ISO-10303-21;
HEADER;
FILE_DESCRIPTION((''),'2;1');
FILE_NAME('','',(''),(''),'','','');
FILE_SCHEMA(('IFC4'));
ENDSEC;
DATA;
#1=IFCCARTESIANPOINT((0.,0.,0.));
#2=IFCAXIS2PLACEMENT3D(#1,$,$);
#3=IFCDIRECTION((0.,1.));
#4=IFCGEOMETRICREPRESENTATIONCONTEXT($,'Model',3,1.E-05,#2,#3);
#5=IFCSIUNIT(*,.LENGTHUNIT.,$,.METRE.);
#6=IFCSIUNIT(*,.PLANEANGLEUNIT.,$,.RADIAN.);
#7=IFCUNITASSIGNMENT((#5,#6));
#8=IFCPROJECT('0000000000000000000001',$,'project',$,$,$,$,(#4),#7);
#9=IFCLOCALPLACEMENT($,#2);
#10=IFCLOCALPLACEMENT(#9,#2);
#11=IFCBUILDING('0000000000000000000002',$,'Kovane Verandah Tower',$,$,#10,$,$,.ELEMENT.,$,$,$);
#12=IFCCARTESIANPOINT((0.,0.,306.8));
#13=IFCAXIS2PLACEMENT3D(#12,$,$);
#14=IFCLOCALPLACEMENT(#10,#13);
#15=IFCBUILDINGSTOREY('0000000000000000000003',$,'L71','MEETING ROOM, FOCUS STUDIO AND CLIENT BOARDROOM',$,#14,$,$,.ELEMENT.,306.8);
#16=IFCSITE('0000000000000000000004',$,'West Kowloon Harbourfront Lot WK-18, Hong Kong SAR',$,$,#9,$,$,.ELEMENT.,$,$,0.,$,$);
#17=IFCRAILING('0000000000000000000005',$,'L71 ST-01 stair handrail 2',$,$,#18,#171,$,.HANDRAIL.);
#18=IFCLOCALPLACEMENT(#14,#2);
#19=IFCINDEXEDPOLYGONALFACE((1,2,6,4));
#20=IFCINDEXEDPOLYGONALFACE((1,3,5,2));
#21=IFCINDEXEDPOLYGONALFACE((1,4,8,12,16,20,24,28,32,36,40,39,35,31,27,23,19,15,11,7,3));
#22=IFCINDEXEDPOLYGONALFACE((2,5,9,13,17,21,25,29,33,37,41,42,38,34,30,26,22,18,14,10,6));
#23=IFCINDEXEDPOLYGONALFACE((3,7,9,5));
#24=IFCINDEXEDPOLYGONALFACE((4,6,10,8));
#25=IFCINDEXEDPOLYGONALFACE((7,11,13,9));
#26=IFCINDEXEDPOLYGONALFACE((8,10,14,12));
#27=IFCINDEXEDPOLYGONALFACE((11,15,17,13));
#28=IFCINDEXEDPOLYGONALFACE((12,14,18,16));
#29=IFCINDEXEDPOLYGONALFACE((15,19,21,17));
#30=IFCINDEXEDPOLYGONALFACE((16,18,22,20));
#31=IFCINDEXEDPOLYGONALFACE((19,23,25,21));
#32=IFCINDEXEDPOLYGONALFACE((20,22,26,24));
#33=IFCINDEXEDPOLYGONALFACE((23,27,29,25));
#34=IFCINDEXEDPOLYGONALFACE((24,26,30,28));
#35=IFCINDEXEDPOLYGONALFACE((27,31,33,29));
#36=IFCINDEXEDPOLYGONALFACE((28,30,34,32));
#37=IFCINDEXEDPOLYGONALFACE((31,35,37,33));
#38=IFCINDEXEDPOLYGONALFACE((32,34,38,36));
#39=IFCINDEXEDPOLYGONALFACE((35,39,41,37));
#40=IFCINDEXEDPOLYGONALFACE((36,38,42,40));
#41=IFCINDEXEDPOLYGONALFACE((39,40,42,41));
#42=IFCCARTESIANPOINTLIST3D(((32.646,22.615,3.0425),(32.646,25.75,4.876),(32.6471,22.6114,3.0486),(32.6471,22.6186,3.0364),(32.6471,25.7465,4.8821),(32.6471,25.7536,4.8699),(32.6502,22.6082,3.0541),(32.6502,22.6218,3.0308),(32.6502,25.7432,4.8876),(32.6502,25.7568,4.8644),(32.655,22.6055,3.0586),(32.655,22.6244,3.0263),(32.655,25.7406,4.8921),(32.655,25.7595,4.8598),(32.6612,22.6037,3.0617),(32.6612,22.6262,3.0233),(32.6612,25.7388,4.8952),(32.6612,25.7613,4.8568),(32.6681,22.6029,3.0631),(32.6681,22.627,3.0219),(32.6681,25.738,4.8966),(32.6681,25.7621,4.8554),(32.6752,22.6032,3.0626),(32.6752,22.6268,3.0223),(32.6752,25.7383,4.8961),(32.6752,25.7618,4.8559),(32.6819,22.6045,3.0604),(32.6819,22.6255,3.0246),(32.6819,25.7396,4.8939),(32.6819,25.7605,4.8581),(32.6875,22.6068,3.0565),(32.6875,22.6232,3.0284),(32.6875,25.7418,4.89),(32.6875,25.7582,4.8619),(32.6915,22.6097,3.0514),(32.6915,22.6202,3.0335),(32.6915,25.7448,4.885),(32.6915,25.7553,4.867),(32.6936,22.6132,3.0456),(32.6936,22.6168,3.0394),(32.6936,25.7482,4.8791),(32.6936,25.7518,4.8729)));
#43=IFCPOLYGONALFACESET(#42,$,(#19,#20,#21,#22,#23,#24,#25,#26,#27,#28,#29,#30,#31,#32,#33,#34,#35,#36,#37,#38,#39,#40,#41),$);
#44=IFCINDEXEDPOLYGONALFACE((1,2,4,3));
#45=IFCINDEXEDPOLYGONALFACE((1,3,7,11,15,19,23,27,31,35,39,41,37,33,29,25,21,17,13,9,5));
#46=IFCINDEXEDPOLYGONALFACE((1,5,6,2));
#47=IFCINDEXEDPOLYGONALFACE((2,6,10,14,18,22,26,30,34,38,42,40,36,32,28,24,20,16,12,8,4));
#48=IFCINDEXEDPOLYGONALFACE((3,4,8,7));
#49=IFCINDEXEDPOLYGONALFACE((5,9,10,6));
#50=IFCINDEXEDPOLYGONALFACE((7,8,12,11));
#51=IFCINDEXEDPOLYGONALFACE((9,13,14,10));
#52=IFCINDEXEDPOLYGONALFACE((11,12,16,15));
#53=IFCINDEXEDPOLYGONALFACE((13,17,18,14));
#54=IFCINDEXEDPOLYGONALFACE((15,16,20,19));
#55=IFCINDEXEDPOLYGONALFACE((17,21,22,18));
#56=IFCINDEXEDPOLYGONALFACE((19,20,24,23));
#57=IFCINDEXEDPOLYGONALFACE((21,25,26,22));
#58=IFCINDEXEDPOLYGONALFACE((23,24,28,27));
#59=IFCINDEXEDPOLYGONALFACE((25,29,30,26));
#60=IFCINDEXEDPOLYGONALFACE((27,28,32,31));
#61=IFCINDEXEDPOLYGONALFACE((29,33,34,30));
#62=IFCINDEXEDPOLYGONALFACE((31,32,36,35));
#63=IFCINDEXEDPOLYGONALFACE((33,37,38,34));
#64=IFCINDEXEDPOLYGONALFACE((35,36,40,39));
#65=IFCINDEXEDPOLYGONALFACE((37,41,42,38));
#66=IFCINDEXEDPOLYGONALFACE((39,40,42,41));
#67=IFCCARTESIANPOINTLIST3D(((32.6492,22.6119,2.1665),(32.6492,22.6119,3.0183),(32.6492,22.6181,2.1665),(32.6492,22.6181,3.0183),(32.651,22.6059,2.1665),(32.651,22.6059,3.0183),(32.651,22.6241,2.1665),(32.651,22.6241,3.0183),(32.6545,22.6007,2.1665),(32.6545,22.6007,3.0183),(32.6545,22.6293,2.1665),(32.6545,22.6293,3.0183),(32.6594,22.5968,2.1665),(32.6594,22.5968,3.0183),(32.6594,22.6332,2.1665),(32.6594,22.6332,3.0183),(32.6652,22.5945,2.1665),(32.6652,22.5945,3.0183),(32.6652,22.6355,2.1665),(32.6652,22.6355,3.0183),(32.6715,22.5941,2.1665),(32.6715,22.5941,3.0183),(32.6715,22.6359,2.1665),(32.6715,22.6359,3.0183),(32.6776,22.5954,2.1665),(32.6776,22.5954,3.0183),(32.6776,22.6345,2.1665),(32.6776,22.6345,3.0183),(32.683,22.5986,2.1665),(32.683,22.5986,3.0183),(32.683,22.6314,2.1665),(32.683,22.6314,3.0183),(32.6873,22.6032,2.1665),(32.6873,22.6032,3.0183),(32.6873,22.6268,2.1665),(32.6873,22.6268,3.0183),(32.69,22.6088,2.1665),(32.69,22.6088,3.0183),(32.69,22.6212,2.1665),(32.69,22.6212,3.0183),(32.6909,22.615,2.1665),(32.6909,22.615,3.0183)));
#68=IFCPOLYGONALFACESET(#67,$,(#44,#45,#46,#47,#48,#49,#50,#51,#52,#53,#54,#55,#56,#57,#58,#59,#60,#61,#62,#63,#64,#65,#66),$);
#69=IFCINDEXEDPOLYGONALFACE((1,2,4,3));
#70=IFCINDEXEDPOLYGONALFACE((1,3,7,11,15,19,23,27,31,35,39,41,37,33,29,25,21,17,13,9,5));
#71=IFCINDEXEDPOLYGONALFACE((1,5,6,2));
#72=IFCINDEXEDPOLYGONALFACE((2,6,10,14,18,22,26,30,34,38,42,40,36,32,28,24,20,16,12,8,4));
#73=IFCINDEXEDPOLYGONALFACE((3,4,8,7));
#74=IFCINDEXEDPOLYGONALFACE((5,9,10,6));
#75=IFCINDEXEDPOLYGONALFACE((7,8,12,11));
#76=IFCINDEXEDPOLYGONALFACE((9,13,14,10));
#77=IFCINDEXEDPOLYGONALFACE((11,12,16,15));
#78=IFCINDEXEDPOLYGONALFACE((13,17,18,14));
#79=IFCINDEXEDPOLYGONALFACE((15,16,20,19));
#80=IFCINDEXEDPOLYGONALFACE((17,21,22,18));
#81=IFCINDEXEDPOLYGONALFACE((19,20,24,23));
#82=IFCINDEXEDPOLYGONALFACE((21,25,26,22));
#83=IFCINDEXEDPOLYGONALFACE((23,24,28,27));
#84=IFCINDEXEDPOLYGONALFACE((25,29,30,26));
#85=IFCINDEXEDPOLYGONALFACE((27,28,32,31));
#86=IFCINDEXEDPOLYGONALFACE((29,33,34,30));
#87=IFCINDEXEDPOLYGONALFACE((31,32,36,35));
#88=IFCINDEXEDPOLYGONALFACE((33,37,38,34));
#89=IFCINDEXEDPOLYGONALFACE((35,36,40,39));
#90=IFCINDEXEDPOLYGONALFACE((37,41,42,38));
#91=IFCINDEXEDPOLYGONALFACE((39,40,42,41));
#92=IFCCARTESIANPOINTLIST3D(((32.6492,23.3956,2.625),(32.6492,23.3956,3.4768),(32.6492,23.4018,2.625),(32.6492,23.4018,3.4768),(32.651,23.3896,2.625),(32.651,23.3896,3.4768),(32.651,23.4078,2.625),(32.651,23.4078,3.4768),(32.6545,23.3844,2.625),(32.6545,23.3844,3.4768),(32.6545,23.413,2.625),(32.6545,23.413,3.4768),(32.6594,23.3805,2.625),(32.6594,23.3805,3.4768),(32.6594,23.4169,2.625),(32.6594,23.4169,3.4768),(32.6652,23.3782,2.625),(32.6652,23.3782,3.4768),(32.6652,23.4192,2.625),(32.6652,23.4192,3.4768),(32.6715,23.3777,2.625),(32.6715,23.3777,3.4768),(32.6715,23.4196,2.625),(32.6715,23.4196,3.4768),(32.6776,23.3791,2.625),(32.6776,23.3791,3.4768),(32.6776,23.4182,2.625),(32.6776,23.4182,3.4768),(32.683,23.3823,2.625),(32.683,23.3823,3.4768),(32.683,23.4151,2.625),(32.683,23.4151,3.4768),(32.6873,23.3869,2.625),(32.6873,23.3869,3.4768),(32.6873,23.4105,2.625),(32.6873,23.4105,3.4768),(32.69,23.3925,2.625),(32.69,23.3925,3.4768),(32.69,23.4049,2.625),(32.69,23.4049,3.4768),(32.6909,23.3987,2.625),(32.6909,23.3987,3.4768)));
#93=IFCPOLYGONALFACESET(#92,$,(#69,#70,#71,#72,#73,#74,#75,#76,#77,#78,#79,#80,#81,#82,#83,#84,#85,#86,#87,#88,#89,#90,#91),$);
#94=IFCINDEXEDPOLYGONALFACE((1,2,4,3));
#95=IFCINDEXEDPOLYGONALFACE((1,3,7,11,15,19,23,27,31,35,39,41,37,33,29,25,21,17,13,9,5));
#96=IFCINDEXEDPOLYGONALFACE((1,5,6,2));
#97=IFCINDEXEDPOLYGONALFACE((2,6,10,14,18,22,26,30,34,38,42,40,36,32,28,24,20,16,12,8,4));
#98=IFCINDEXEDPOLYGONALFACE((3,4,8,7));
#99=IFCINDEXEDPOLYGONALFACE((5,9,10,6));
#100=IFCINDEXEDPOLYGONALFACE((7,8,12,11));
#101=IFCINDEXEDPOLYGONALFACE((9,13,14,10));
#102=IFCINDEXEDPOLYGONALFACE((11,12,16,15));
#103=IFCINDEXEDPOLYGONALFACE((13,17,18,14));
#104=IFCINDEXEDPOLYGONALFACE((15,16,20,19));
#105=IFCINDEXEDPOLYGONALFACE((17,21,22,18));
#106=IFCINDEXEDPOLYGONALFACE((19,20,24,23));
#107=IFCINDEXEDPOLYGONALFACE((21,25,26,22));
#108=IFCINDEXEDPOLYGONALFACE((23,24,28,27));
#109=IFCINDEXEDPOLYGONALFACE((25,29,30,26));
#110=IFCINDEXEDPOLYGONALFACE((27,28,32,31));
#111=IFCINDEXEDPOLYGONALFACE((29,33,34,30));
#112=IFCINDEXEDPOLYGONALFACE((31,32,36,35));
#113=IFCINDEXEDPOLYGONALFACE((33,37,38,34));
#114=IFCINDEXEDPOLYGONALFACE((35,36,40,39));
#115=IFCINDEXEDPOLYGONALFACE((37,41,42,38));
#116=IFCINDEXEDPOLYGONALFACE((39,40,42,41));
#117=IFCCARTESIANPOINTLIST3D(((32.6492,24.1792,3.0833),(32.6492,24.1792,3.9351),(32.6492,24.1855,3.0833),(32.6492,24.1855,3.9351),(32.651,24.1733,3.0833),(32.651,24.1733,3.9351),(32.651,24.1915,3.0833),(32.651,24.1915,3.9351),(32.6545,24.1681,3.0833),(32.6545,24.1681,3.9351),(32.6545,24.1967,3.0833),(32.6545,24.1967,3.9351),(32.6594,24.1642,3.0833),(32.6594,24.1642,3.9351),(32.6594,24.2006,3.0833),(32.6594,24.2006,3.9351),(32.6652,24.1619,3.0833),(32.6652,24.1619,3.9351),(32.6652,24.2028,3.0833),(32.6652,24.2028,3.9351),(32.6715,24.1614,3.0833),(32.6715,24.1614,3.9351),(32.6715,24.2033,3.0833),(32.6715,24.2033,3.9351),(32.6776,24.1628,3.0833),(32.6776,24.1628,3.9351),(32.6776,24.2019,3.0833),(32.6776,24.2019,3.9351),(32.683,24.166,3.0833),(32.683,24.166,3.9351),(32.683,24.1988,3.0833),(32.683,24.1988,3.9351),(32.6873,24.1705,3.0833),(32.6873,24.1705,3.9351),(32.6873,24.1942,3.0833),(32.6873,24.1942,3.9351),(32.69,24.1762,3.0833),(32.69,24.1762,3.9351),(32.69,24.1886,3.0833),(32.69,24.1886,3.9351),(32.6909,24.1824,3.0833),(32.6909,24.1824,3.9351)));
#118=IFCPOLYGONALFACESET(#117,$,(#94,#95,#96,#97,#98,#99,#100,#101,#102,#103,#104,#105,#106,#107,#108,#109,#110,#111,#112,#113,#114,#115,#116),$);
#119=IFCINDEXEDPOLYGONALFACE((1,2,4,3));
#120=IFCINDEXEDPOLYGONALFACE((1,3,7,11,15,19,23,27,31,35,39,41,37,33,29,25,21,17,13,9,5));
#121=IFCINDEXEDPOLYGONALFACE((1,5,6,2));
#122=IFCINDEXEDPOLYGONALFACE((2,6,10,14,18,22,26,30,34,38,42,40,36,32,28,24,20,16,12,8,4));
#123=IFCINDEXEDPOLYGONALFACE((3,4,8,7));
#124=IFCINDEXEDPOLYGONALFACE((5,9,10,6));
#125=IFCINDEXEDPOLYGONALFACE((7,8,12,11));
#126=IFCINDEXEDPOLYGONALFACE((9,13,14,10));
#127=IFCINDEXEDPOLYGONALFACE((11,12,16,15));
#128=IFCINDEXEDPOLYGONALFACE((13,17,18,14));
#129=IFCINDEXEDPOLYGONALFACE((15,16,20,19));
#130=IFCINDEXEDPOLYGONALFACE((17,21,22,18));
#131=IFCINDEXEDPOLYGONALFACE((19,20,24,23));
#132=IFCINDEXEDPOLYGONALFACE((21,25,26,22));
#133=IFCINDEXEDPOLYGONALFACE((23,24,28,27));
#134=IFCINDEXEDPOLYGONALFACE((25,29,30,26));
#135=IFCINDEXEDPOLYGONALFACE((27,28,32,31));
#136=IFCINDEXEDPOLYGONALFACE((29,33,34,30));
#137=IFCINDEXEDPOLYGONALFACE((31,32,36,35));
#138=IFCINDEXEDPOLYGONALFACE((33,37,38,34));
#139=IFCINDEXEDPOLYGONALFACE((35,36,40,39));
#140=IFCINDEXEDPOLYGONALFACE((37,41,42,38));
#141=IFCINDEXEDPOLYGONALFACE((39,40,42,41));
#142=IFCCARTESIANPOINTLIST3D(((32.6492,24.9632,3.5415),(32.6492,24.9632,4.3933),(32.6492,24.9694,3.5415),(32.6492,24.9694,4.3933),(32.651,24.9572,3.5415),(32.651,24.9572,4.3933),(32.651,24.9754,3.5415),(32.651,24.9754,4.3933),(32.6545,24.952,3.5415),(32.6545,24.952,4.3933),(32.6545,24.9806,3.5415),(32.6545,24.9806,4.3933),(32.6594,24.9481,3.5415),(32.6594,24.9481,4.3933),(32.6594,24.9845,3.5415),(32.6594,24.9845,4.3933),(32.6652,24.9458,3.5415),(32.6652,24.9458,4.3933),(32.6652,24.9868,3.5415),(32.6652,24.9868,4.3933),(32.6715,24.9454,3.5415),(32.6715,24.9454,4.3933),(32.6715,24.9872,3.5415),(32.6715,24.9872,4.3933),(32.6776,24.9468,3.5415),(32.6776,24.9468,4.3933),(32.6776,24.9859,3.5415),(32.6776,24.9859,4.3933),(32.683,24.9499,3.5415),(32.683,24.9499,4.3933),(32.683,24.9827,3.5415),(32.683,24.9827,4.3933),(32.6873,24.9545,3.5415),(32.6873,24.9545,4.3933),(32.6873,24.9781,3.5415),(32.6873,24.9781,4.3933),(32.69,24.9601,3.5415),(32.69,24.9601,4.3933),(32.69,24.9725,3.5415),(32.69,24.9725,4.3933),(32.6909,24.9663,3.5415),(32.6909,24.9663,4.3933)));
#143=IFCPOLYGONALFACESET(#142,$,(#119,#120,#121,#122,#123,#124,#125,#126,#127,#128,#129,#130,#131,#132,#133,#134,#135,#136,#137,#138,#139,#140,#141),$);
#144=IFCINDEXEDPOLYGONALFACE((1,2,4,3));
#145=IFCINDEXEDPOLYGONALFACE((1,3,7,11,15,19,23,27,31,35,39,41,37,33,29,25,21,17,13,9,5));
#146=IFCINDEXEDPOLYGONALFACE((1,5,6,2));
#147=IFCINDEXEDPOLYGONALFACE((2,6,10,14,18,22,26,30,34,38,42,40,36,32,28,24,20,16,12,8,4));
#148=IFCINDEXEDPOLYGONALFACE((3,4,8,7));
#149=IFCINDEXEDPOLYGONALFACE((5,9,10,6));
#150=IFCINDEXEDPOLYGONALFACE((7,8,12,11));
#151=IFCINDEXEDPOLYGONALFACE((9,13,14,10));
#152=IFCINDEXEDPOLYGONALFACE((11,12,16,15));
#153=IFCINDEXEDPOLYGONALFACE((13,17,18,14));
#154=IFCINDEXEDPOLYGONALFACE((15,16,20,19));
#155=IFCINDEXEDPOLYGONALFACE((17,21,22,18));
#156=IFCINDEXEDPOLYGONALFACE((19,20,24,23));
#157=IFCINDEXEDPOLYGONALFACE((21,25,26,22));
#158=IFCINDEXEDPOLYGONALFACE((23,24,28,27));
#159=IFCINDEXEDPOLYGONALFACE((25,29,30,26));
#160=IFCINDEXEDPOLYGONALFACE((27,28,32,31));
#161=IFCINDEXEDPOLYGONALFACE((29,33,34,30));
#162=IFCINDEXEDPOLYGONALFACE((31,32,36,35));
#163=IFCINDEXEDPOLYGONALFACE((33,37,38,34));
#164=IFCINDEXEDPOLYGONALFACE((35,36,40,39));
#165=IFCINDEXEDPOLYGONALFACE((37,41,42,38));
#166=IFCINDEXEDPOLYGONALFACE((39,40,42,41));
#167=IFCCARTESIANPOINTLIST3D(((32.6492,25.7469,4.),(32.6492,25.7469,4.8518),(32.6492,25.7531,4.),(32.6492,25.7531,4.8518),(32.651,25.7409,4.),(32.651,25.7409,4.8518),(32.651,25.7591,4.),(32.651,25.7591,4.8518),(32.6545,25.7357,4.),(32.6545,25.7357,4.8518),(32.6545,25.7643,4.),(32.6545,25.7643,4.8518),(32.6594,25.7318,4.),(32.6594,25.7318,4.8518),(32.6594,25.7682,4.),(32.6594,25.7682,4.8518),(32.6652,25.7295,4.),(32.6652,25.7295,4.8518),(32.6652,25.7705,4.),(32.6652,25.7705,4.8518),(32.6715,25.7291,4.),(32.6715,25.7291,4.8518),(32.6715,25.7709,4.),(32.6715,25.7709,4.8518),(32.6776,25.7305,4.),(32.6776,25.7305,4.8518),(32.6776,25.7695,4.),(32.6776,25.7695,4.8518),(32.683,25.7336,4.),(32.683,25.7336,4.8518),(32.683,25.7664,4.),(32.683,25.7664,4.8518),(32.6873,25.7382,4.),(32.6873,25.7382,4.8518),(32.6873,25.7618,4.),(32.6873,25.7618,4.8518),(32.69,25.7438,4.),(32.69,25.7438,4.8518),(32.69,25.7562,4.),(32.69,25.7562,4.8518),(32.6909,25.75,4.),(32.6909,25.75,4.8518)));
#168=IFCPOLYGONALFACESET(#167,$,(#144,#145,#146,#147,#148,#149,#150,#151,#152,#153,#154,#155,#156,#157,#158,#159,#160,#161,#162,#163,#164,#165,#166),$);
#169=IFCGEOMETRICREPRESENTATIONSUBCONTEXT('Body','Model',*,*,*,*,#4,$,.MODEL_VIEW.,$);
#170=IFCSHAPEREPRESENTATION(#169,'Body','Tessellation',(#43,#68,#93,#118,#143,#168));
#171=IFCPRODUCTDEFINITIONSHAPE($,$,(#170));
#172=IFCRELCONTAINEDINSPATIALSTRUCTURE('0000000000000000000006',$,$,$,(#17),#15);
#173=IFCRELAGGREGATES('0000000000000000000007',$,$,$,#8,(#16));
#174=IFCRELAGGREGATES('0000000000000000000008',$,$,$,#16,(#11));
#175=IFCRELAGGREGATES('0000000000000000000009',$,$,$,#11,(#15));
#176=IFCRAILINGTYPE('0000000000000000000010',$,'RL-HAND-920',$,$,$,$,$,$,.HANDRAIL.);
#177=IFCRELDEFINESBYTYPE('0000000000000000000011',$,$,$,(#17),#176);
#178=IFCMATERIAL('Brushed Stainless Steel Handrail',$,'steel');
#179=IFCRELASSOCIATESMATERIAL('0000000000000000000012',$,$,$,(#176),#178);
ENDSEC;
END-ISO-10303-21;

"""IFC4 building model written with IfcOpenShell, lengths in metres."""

from ifc_helpers import new_model, si_unit, direction, frame, origin, origin_2d, place, context, subcontext, project, spatial, circle, extrude, material, type_object, element, save


model = new_model("IFC4")

# Units and contexts
model_context = context("Model", 3, precision=1e-05, world=origin(), true_north=direction((0.0, 1.0)))
body_context = subcontext(model_context, "Body", "Model", "MODEL_VIEW")
ifc_project = project(units=[si_unit("LENGTHUNIT", "METRE"), si_unit("PLANEANGLEUNIT", "RADIAN")], contexts=[model_context])

# Site, building, storey
site_placement = place(None, origin())
site = spatial("IfcSite", under=ifc_project, at=site_placement, Name="West Kowloon Harbourfront Lot WK-18, Hong Kong SAR", CompositionType="ELEMENT", RefElevation=0.0)
building_placement = place(site_placement, origin())
building = spatial("IfcBuilding", under=site, at=building_placement, Name="Kovane Verandah Tower", CompositionType="ELEMENT")
storey_placement = place(building_placement, frame((0.0, 0.0, 306.8)))
storey = spatial("IfcBuildingStorey", under=building, at=storey_placement, Name="L71", Description="MEETING ROOM, FOCUS STUDIO AND CLIENT BOARDROOM", CompositionType="ELEMENT", Elevation=306.8)

# Railing
ifc_material_1 = material(Name="Brushed Stainless Steel Handrail", Category="steel")
railing_type = type_object("IfcRailingType", Name="RL-HAND-920", PredefinedType="HANDRAIL", material=ifc_material_1)
railing_1_placement = place(storey_placement, frame((32.6699, 22.615, 2.1665)))
element("IfcRailing", 1, at=railing_1_placement, inside=storey, type_object=railing_type, Name="L71 ST-01 stair handrail 2", PredefinedType="HANDRAIL", context=body_context, shape_type="SweptSolid", body=[
    extrude(circle(Radius=0.0239, at=origin_2d()), frame((0.0, 0.0, 0.876), z_axis=(0.0, 0.86321, 0.504845), x_axis=(-1.0, 0.0, 0.0)), (0.0, 0.0, 1.0), 3.6318),
    extrude(circle(Radius=0.021, at=origin_2d()), origin(), (0.0, 0.0, 1.0), 0.8518),
    extrude(circle(Radius=0.021, at=origin_2d()), frame((0.0, 0.7837, 0.4585)), (0.0, 0.0, 1.0), 0.8518),
    extrude(circle(Radius=0.021, at=origin_2d()), frame((0.0, 1.5674, 0.9167)), (0.0, 0.0, 1.0), 0.8518),
    extrude(circle(Radius=0.021, at=origin_2d()), frame((0.0, 2.3513, 1.375)), (0.0, 0.0, 1.0), 0.8518),
    extrude(circle(Radius=0.021, at=origin_2d()), frame((0.0, 3.135, 1.8335)), (0.0, 0.0, 1.0), 0.8518),
])

save(model, "model.ifc")
